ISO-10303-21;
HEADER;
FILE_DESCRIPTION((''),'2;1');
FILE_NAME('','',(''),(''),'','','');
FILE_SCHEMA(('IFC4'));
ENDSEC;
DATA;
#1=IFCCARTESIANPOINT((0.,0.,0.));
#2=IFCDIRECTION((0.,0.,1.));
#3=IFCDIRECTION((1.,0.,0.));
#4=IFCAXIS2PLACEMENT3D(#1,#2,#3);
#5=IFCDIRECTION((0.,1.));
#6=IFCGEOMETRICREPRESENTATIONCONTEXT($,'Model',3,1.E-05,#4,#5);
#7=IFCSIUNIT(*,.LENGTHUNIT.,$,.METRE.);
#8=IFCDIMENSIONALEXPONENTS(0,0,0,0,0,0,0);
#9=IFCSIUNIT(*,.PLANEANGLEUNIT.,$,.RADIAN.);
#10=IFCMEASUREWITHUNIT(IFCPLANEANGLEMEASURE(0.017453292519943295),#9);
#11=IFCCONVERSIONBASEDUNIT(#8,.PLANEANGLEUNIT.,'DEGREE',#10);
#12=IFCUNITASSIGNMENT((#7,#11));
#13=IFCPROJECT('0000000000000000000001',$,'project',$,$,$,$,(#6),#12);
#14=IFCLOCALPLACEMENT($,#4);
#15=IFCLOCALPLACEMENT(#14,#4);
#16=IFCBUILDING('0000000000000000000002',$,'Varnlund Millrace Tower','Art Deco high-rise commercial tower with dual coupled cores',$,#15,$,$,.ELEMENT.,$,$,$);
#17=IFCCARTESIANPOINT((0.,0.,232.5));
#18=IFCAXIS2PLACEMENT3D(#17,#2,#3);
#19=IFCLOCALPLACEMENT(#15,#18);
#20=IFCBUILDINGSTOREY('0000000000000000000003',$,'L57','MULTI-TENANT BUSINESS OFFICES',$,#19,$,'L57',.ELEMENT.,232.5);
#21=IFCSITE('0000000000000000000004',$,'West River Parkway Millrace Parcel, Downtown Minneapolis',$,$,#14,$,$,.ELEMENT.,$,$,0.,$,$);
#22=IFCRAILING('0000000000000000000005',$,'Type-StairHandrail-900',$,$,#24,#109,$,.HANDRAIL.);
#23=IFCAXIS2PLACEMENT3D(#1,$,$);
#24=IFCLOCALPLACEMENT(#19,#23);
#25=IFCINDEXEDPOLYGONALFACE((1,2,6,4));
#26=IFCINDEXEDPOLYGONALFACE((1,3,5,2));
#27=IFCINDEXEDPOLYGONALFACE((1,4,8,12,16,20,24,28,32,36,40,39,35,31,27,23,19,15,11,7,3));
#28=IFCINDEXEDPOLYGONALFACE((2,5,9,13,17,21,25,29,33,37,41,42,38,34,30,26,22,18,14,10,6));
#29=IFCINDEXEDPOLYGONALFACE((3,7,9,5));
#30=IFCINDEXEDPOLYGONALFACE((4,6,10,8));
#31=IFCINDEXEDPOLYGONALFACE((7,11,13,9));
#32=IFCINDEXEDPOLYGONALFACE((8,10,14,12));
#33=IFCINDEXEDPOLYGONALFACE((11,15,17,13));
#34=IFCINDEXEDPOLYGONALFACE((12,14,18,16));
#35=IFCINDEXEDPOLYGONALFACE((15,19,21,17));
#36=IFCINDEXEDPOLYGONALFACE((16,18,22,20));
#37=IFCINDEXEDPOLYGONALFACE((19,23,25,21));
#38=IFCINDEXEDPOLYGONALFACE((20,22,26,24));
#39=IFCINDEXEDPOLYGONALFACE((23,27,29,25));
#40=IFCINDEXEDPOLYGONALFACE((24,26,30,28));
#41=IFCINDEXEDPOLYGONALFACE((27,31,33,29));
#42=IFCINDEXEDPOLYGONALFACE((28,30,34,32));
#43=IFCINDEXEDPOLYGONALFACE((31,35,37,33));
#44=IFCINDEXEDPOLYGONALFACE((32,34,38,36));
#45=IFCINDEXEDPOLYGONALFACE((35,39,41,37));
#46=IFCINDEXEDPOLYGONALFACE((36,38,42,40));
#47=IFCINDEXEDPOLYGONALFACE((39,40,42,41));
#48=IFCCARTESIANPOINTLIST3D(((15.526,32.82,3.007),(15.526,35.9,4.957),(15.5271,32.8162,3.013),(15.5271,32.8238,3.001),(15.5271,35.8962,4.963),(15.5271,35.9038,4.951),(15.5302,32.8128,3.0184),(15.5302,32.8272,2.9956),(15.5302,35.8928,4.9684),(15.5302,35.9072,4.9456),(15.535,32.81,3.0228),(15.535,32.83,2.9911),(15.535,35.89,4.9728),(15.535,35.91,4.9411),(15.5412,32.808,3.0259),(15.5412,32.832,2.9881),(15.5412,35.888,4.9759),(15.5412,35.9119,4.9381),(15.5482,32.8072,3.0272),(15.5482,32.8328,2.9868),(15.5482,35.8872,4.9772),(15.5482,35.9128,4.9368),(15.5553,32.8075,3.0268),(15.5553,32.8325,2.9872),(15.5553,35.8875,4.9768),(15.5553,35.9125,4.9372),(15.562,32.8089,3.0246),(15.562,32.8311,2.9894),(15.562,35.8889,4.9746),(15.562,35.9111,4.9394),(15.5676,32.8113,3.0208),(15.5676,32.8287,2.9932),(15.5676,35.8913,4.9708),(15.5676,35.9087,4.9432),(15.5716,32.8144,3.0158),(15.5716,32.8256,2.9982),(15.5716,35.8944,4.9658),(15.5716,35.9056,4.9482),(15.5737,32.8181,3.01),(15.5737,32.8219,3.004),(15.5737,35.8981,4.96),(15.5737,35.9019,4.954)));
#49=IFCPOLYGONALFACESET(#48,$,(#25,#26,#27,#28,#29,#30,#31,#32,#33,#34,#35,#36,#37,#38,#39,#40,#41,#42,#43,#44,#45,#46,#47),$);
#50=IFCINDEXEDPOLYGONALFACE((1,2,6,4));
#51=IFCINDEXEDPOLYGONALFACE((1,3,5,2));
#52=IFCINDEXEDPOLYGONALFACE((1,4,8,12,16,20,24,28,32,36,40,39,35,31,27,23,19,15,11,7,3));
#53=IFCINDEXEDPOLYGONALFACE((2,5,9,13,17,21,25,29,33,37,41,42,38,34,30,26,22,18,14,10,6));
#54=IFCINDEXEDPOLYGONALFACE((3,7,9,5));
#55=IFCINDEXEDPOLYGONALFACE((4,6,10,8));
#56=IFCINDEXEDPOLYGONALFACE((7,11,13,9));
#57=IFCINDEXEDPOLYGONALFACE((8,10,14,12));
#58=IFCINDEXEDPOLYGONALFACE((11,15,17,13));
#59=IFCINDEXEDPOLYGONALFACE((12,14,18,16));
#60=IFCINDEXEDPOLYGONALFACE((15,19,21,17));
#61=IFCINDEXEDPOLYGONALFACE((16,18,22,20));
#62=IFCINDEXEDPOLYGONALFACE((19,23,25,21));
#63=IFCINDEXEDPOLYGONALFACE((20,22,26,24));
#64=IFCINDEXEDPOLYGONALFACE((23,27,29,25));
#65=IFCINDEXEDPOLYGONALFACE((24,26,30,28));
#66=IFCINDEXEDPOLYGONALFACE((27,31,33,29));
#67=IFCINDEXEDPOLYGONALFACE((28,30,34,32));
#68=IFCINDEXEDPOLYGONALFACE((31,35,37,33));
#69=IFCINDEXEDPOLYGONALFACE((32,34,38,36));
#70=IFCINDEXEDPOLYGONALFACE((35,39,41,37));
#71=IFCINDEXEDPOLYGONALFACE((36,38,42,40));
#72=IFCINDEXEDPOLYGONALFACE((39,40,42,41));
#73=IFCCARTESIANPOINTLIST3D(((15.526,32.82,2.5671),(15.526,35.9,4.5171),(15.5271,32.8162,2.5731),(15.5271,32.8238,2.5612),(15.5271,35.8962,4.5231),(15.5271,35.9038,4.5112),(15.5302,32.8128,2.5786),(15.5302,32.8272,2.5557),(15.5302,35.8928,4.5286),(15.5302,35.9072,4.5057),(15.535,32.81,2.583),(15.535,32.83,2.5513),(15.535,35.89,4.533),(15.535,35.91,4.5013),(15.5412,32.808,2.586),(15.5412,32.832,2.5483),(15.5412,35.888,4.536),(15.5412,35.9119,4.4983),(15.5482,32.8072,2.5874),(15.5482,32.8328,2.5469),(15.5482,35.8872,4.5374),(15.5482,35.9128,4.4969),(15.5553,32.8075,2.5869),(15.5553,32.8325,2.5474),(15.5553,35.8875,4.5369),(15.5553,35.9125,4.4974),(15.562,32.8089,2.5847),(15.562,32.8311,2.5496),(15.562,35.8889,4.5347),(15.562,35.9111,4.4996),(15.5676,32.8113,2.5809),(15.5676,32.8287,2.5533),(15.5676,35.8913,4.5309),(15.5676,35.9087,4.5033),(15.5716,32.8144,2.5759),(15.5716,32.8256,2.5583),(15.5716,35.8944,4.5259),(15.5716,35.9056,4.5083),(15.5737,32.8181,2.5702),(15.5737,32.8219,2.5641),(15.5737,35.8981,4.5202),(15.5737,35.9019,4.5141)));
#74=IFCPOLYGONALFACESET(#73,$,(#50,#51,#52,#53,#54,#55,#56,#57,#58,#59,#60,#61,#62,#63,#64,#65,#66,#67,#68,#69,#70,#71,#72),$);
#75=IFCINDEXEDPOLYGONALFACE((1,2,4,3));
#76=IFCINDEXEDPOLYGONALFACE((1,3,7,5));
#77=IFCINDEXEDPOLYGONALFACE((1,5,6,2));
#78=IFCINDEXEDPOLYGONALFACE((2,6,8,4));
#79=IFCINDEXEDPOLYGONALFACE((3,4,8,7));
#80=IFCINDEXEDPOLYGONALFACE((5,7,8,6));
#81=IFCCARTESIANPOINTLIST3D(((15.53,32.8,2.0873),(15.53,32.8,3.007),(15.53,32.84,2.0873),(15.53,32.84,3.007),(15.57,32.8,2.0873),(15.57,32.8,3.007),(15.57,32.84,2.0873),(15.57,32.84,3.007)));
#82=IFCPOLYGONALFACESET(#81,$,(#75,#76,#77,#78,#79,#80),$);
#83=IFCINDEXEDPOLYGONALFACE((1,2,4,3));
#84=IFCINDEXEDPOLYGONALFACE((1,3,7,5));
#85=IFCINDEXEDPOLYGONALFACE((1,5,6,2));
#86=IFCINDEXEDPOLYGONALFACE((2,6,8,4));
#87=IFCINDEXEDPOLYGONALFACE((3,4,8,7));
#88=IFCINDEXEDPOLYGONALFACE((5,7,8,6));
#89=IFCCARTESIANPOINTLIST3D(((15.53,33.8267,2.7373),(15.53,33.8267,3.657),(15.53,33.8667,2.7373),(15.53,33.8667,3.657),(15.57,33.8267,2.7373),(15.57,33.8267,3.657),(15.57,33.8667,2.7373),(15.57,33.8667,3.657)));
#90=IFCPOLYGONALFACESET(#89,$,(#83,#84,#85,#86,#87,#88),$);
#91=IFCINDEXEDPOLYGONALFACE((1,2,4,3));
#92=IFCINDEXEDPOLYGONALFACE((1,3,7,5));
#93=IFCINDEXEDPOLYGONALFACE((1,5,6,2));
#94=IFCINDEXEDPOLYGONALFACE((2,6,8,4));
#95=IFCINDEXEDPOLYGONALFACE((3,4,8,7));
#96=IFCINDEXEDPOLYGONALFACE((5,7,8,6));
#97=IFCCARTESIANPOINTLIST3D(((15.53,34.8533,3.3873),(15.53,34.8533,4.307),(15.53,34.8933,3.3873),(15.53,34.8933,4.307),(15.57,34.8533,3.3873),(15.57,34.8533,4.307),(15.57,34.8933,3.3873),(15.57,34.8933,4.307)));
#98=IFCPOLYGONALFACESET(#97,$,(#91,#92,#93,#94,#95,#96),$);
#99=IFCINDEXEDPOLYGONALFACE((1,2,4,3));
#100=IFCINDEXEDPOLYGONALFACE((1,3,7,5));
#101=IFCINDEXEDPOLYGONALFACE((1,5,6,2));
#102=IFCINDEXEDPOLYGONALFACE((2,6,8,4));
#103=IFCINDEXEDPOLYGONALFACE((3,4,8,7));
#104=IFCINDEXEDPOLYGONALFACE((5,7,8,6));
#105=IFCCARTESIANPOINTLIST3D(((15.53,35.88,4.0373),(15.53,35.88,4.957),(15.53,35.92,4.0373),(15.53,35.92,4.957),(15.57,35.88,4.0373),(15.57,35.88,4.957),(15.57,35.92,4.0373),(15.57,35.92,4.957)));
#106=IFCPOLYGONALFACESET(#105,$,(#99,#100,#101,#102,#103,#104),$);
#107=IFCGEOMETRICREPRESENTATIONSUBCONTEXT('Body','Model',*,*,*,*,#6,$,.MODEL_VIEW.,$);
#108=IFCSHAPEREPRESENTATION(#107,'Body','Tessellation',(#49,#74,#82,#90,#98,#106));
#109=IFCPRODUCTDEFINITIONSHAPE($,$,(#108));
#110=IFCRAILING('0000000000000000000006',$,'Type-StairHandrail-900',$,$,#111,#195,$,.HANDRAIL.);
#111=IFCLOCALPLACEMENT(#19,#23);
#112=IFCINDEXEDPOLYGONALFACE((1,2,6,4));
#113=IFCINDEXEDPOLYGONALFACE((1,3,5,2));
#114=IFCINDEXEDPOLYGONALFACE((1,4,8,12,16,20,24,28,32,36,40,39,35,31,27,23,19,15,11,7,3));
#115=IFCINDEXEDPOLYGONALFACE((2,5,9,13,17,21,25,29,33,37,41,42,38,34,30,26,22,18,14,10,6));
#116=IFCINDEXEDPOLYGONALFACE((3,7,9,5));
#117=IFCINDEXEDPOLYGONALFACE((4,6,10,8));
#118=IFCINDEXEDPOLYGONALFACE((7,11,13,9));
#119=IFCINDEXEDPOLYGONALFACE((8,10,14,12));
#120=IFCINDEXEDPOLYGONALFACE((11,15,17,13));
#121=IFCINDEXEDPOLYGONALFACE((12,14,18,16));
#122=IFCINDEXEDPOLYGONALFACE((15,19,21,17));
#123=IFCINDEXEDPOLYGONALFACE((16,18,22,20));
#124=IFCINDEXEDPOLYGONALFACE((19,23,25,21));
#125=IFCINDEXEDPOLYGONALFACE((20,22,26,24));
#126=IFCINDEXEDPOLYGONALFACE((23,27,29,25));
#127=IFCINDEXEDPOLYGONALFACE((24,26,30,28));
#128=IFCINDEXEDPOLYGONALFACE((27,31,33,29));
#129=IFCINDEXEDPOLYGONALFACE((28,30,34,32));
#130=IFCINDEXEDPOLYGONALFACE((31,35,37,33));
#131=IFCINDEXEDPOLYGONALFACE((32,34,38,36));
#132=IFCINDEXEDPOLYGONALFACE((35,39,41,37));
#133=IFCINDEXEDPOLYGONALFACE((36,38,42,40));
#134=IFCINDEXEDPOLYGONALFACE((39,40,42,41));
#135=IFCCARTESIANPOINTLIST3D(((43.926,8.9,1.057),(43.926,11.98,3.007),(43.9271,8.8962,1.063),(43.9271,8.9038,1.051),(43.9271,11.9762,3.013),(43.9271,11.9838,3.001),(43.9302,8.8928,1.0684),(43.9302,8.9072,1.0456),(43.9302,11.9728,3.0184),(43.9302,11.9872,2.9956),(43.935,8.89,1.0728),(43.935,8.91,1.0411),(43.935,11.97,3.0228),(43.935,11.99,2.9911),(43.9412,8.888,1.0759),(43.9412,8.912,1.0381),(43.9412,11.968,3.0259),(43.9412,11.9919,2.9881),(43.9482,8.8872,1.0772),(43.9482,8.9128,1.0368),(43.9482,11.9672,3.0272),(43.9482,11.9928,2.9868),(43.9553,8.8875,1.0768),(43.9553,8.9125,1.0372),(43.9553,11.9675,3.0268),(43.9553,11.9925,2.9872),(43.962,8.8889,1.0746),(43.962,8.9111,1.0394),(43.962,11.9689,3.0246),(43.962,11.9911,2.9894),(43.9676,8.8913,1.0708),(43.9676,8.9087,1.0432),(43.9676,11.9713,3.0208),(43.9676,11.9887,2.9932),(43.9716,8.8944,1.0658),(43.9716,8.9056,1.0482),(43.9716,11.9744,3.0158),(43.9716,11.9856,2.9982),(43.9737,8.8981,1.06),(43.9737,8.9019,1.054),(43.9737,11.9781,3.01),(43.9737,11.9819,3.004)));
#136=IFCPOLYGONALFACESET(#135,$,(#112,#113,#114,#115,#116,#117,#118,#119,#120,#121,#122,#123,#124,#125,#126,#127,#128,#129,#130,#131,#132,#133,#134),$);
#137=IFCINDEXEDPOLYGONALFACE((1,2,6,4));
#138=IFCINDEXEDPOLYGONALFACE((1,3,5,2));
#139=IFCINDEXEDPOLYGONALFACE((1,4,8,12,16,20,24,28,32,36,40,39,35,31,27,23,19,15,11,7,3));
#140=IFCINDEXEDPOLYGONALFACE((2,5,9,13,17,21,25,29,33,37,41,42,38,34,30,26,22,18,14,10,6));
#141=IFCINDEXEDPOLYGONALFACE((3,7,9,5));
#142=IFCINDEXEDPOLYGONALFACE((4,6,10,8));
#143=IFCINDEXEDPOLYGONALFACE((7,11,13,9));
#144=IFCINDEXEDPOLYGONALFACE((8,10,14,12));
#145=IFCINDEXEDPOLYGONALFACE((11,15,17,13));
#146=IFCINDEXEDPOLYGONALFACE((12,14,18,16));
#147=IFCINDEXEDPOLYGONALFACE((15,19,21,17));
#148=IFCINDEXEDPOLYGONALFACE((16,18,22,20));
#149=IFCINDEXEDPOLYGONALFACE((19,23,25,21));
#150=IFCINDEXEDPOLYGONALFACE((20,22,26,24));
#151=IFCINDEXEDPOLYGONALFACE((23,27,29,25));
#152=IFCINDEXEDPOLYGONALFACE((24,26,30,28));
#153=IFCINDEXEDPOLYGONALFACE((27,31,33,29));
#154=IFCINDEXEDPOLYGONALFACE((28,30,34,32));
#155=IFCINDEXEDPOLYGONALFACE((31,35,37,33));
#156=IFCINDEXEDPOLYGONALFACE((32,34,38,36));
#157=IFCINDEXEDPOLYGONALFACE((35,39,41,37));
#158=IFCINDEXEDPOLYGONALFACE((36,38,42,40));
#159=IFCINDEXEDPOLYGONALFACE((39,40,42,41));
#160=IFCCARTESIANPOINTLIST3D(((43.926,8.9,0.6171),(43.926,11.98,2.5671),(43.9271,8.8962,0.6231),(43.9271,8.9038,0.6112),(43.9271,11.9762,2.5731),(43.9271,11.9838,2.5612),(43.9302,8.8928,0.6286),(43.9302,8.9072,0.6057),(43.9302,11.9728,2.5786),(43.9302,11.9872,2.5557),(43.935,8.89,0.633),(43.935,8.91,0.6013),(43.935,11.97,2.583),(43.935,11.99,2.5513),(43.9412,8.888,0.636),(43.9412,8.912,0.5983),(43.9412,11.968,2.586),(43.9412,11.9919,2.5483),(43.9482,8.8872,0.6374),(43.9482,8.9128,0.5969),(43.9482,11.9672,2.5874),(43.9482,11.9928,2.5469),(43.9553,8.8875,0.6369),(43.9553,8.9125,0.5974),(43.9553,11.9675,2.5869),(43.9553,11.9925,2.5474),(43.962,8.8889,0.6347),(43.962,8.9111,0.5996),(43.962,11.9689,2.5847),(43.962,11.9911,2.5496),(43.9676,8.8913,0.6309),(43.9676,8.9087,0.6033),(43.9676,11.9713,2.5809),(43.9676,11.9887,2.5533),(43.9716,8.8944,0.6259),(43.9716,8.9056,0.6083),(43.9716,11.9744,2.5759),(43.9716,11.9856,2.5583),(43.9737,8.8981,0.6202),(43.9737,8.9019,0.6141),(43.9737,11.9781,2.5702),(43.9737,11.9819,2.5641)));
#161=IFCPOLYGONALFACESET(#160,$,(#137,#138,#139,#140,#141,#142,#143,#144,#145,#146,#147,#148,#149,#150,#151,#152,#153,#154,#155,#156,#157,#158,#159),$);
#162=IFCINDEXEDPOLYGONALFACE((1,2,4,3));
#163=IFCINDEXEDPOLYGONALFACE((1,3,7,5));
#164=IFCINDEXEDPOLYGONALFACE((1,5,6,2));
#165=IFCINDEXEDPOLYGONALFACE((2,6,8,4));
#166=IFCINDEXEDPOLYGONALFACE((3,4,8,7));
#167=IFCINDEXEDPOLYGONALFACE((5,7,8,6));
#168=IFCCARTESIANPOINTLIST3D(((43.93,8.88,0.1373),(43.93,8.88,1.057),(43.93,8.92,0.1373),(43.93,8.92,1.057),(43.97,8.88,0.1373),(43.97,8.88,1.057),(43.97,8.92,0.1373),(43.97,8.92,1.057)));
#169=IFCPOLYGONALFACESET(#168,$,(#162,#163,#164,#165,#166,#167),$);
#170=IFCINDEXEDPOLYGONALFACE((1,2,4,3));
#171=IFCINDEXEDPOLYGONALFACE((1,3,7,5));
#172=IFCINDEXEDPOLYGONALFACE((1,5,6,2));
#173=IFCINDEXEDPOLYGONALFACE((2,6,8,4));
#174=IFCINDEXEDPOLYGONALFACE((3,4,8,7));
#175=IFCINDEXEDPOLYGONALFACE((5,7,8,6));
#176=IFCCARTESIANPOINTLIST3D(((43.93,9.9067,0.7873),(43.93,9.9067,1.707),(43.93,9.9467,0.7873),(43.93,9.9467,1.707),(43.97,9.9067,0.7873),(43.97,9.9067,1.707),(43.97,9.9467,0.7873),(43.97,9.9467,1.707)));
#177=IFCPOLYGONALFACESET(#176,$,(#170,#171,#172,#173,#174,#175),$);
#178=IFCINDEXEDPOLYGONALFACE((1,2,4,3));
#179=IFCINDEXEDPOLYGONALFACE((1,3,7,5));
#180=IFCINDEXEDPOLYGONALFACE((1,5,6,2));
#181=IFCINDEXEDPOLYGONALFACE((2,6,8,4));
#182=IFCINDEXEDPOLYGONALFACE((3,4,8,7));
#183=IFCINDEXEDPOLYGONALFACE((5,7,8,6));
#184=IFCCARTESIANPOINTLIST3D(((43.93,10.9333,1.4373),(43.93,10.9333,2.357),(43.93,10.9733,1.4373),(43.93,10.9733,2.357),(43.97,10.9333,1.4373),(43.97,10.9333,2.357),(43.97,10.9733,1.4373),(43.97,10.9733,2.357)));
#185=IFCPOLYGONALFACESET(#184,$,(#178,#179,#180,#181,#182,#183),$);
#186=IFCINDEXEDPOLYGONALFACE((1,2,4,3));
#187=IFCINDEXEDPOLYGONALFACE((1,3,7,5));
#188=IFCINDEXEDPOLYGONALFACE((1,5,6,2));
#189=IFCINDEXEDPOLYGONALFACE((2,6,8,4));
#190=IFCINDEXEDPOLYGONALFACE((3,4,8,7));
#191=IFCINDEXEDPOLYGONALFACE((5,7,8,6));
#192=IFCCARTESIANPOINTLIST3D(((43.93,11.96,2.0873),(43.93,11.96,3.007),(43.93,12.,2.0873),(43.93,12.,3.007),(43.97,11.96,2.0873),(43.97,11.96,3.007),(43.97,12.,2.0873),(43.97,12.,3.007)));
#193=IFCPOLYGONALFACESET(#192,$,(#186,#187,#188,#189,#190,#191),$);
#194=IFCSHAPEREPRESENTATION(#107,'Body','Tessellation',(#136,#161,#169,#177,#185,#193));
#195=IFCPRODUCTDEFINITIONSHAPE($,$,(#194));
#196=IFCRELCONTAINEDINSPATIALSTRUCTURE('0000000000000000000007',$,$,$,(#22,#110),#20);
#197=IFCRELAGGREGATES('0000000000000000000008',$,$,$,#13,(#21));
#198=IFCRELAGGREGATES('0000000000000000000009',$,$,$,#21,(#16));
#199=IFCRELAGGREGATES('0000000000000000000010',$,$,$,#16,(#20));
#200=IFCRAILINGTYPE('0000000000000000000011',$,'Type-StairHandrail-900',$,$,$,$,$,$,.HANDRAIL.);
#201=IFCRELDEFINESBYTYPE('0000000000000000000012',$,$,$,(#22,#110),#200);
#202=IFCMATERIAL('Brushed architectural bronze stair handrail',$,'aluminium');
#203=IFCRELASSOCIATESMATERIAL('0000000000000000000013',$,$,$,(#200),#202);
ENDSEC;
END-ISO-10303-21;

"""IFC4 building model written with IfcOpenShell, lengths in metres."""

from ifc_helpers import new_model, entity, si_unit, converted_unit, direction, frame, origin_with_axes, origin_2d_with_axis, place, context, subcontext, project, spatial, rectangle, circle, extrude, material, type_object, element, save


model = new_model("IFC4")

# Units and contexts
model_context = context("Model", 3, precision=1e-05, world=origin_with_axes(), true_north=direction((0.0, 1.0)))
body_context = subcontext(model_context, "Body", "Model", "MODEL_VIEW")
ifc_project = project(units=[si_unit("LENGTHUNIT", "METRE"), converted_unit("PLANEANGLEUNIT", "DEGREE", entity("IfcPlaneAngleMeasure", 0.017453292519943295), si_unit("PLANEANGLEUNIT", "RADIAN"), dimensions=[0, 0, 0, 0, 0, 0, 0])], contexts=[model_context])

# Site, building, storey
site_placement = place(None, origin_with_axes())
site = spatial("IfcSite", under=ifc_project, at=site_placement, Name="West River Parkway Millrace Parcel, Downtown Minneapolis", CompositionType="ELEMENT", RefElevation=0.0)
building_placement = place(site_placement, origin_with_axes())
building = spatial("IfcBuilding", under=site, at=building_placement, Name="Varnlund Millrace Tower", Description="Art Deco high-rise commercial tower with dual coupled cores", CompositionType="ELEMENT")
storey_placement = place(building_placement, frame((0.0, 0.0, 232.5), z_axis=(0.0, 0.0, 1.0), x_axis=(1.0, 0.0, 0.0)))
storey = spatial("IfcBuildingStorey", under=building, at=storey_placement, Name="L57", Description="MULTI-TENANT BUSINESS OFFICES", LongName="L57", CompositionType="ELEMENT", Elevation=232.5)

# Railings
ifc_material_1 = material(Name="Brushed architectural bronze stair handrail", Category="aluminium")
railing_type_1 = type_object("IfcRailingType", Name="Type-StairHandrail-900", PredefinedType="HANDRAIL", material=ifc_material_1)
railing_1_placement = place(storey_placement, frame((0.0, 0.0, -232.5), z_axis=(0.0, 0.0, 1.0), x_axis=(1.0, 0.0, 0.0)))
element("IfcRailing", 1, at=railing_1_placement, inside=storey, type_object=railing_type_1, Name="Type-StairHandrail-900", PredefinedType="HANDRAIL", context=body_context, shape_type="SweptSolid", body=[
    extrude(circle(Radius=0.024, at=origin_2d_with_axis()), frame((15.55, 32.82, 235.507), z_axis=(0.0, 0.844902, 0.534922), x_axis=(-1.0, 0.0, 0.0)), (0.0, 0.0, 1.0), 3.6454),
    extrude(circle(Radius=0.024, at=origin_2d_with_axis()), frame((15.55, 32.82, 235.0671), z_axis=(0.0, 0.844902, 0.534922), x_axis=(-1.0, 0.0, 0.0)), (0.0, 0.0, 1.0), 3.6454),
    extrude(rectangle(XDim=0.04, YDim=0.04, at=origin_2d_with_axis()), frame((15.55, 32.82, 234.5873), z_axis=(0.0, 0.0, 1.0), x_axis=(1.0, 0.0, 0.0)), (0.0, 0.0, 1.0), 0.9197),
    extrude(rectangle(XDim=0.04, YDim=0.04, at=origin_2d_with_axis()), frame((15.55, 33.8467, 235.2373), z_axis=(0.0, 0.0, 1.0), x_axis=(1.0, 0.0, 0.0)), (0.0, 0.0, 1.0), 0.9197),
    extrude(rectangle(XDim=0.04, YDim=0.04, at=origin_2d_with_axis()), frame((15.55, 34.8733, 235.8873), z_axis=(0.0, 0.0, 1.0), x_axis=(1.0, 0.0, 0.0)), (0.0, 0.0, 1.0), 0.9197),
    extrude(rectangle(XDim=0.04, YDim=0.04, at=origin_2d_with_axis()), frame((15.55, 35.9, 236.5373), z_axis=(0.0, 0.0, 1.0), x_axis=(1.0, 0.0, 0.0)), (0.0, 0.0, 1.0), 0.9197),
])
railing_2_placement = place(storey_placement, frame((0.0, 0.0, -232.5), z_axis=(0.0, 0.0, 1.0), x_axis=(1.0, 0.0, 0.0)))
element("IfcRailing", 2, at=railing_2_placement, inside=storey, type_object=railing_type_1, Name="Type-StairHandrail-900", PredefinedType="HANDRAIL", context=body_context, shape_type="SweptSolid", body=[
    extrude(circle(Radius=0.024, at=origin_2d_with_axis()), frame((43.95, 8.9, 233.557), z_axis=(0.0, 0.844902, 0.534922), x_axis=(-1.0, 0.0, 0.0)), (0.0, 0.0, 1.0), 3.6454),
    extrude(circle(Radius=0.024, at=origin_2d_with_axis()), frame((43.95, 8.9, 233.1171), z_axis=(0.0, 0.844902, 0.534922), x_axis=(-1.0, 0.0, 0.0)), (0.0, 0.0, 1.0), 3.6454),
    extrude(rectangle(XDim=0.04, YDim=0.04, at=origin_2d_with_axis()), frame((43.95, 8.9, 232.6373), z_axis=(0.0, 0.0, 1.0), x_axis=(1.0, 0.0, 0.0)), (0.0, 0.0, 1.0), 0.9197),
    extrude(rectangle(XDim=0.04, YDim=0.04, at=origin_2d_with_axis()), frame((43.95, 9.9267, 233.2873), z_axis=(0.0, 0.0, 1.0), x_axis=(1.0, 0.0, 0.0)), (0.0, 0.0, 1.0), 0.9197),
    extrude(rectangle(XDim=0.04, YDim=0.04, at=origin_2d_with_axis()), frame((43.95, 10.9533, 233.9373), z_axis=(0.0, 0.0, 1.0), x_axis=(1.0, 0.0, 0.0)), (0.0, 0.0, 1.0), 0.9197),
    extrude(rectangle(XDim=0.04, YDim=0.04, at=origin_2d_with_axis()), frame((43.95, 11.98, 234.5873), z_axis=(0.0, 0.0, 1.0), x_axis=(1.0, 0.0, 0.0)), (0.0, 0.0, 1.0), 0.9197),
])

save(model, "model.ifc")
